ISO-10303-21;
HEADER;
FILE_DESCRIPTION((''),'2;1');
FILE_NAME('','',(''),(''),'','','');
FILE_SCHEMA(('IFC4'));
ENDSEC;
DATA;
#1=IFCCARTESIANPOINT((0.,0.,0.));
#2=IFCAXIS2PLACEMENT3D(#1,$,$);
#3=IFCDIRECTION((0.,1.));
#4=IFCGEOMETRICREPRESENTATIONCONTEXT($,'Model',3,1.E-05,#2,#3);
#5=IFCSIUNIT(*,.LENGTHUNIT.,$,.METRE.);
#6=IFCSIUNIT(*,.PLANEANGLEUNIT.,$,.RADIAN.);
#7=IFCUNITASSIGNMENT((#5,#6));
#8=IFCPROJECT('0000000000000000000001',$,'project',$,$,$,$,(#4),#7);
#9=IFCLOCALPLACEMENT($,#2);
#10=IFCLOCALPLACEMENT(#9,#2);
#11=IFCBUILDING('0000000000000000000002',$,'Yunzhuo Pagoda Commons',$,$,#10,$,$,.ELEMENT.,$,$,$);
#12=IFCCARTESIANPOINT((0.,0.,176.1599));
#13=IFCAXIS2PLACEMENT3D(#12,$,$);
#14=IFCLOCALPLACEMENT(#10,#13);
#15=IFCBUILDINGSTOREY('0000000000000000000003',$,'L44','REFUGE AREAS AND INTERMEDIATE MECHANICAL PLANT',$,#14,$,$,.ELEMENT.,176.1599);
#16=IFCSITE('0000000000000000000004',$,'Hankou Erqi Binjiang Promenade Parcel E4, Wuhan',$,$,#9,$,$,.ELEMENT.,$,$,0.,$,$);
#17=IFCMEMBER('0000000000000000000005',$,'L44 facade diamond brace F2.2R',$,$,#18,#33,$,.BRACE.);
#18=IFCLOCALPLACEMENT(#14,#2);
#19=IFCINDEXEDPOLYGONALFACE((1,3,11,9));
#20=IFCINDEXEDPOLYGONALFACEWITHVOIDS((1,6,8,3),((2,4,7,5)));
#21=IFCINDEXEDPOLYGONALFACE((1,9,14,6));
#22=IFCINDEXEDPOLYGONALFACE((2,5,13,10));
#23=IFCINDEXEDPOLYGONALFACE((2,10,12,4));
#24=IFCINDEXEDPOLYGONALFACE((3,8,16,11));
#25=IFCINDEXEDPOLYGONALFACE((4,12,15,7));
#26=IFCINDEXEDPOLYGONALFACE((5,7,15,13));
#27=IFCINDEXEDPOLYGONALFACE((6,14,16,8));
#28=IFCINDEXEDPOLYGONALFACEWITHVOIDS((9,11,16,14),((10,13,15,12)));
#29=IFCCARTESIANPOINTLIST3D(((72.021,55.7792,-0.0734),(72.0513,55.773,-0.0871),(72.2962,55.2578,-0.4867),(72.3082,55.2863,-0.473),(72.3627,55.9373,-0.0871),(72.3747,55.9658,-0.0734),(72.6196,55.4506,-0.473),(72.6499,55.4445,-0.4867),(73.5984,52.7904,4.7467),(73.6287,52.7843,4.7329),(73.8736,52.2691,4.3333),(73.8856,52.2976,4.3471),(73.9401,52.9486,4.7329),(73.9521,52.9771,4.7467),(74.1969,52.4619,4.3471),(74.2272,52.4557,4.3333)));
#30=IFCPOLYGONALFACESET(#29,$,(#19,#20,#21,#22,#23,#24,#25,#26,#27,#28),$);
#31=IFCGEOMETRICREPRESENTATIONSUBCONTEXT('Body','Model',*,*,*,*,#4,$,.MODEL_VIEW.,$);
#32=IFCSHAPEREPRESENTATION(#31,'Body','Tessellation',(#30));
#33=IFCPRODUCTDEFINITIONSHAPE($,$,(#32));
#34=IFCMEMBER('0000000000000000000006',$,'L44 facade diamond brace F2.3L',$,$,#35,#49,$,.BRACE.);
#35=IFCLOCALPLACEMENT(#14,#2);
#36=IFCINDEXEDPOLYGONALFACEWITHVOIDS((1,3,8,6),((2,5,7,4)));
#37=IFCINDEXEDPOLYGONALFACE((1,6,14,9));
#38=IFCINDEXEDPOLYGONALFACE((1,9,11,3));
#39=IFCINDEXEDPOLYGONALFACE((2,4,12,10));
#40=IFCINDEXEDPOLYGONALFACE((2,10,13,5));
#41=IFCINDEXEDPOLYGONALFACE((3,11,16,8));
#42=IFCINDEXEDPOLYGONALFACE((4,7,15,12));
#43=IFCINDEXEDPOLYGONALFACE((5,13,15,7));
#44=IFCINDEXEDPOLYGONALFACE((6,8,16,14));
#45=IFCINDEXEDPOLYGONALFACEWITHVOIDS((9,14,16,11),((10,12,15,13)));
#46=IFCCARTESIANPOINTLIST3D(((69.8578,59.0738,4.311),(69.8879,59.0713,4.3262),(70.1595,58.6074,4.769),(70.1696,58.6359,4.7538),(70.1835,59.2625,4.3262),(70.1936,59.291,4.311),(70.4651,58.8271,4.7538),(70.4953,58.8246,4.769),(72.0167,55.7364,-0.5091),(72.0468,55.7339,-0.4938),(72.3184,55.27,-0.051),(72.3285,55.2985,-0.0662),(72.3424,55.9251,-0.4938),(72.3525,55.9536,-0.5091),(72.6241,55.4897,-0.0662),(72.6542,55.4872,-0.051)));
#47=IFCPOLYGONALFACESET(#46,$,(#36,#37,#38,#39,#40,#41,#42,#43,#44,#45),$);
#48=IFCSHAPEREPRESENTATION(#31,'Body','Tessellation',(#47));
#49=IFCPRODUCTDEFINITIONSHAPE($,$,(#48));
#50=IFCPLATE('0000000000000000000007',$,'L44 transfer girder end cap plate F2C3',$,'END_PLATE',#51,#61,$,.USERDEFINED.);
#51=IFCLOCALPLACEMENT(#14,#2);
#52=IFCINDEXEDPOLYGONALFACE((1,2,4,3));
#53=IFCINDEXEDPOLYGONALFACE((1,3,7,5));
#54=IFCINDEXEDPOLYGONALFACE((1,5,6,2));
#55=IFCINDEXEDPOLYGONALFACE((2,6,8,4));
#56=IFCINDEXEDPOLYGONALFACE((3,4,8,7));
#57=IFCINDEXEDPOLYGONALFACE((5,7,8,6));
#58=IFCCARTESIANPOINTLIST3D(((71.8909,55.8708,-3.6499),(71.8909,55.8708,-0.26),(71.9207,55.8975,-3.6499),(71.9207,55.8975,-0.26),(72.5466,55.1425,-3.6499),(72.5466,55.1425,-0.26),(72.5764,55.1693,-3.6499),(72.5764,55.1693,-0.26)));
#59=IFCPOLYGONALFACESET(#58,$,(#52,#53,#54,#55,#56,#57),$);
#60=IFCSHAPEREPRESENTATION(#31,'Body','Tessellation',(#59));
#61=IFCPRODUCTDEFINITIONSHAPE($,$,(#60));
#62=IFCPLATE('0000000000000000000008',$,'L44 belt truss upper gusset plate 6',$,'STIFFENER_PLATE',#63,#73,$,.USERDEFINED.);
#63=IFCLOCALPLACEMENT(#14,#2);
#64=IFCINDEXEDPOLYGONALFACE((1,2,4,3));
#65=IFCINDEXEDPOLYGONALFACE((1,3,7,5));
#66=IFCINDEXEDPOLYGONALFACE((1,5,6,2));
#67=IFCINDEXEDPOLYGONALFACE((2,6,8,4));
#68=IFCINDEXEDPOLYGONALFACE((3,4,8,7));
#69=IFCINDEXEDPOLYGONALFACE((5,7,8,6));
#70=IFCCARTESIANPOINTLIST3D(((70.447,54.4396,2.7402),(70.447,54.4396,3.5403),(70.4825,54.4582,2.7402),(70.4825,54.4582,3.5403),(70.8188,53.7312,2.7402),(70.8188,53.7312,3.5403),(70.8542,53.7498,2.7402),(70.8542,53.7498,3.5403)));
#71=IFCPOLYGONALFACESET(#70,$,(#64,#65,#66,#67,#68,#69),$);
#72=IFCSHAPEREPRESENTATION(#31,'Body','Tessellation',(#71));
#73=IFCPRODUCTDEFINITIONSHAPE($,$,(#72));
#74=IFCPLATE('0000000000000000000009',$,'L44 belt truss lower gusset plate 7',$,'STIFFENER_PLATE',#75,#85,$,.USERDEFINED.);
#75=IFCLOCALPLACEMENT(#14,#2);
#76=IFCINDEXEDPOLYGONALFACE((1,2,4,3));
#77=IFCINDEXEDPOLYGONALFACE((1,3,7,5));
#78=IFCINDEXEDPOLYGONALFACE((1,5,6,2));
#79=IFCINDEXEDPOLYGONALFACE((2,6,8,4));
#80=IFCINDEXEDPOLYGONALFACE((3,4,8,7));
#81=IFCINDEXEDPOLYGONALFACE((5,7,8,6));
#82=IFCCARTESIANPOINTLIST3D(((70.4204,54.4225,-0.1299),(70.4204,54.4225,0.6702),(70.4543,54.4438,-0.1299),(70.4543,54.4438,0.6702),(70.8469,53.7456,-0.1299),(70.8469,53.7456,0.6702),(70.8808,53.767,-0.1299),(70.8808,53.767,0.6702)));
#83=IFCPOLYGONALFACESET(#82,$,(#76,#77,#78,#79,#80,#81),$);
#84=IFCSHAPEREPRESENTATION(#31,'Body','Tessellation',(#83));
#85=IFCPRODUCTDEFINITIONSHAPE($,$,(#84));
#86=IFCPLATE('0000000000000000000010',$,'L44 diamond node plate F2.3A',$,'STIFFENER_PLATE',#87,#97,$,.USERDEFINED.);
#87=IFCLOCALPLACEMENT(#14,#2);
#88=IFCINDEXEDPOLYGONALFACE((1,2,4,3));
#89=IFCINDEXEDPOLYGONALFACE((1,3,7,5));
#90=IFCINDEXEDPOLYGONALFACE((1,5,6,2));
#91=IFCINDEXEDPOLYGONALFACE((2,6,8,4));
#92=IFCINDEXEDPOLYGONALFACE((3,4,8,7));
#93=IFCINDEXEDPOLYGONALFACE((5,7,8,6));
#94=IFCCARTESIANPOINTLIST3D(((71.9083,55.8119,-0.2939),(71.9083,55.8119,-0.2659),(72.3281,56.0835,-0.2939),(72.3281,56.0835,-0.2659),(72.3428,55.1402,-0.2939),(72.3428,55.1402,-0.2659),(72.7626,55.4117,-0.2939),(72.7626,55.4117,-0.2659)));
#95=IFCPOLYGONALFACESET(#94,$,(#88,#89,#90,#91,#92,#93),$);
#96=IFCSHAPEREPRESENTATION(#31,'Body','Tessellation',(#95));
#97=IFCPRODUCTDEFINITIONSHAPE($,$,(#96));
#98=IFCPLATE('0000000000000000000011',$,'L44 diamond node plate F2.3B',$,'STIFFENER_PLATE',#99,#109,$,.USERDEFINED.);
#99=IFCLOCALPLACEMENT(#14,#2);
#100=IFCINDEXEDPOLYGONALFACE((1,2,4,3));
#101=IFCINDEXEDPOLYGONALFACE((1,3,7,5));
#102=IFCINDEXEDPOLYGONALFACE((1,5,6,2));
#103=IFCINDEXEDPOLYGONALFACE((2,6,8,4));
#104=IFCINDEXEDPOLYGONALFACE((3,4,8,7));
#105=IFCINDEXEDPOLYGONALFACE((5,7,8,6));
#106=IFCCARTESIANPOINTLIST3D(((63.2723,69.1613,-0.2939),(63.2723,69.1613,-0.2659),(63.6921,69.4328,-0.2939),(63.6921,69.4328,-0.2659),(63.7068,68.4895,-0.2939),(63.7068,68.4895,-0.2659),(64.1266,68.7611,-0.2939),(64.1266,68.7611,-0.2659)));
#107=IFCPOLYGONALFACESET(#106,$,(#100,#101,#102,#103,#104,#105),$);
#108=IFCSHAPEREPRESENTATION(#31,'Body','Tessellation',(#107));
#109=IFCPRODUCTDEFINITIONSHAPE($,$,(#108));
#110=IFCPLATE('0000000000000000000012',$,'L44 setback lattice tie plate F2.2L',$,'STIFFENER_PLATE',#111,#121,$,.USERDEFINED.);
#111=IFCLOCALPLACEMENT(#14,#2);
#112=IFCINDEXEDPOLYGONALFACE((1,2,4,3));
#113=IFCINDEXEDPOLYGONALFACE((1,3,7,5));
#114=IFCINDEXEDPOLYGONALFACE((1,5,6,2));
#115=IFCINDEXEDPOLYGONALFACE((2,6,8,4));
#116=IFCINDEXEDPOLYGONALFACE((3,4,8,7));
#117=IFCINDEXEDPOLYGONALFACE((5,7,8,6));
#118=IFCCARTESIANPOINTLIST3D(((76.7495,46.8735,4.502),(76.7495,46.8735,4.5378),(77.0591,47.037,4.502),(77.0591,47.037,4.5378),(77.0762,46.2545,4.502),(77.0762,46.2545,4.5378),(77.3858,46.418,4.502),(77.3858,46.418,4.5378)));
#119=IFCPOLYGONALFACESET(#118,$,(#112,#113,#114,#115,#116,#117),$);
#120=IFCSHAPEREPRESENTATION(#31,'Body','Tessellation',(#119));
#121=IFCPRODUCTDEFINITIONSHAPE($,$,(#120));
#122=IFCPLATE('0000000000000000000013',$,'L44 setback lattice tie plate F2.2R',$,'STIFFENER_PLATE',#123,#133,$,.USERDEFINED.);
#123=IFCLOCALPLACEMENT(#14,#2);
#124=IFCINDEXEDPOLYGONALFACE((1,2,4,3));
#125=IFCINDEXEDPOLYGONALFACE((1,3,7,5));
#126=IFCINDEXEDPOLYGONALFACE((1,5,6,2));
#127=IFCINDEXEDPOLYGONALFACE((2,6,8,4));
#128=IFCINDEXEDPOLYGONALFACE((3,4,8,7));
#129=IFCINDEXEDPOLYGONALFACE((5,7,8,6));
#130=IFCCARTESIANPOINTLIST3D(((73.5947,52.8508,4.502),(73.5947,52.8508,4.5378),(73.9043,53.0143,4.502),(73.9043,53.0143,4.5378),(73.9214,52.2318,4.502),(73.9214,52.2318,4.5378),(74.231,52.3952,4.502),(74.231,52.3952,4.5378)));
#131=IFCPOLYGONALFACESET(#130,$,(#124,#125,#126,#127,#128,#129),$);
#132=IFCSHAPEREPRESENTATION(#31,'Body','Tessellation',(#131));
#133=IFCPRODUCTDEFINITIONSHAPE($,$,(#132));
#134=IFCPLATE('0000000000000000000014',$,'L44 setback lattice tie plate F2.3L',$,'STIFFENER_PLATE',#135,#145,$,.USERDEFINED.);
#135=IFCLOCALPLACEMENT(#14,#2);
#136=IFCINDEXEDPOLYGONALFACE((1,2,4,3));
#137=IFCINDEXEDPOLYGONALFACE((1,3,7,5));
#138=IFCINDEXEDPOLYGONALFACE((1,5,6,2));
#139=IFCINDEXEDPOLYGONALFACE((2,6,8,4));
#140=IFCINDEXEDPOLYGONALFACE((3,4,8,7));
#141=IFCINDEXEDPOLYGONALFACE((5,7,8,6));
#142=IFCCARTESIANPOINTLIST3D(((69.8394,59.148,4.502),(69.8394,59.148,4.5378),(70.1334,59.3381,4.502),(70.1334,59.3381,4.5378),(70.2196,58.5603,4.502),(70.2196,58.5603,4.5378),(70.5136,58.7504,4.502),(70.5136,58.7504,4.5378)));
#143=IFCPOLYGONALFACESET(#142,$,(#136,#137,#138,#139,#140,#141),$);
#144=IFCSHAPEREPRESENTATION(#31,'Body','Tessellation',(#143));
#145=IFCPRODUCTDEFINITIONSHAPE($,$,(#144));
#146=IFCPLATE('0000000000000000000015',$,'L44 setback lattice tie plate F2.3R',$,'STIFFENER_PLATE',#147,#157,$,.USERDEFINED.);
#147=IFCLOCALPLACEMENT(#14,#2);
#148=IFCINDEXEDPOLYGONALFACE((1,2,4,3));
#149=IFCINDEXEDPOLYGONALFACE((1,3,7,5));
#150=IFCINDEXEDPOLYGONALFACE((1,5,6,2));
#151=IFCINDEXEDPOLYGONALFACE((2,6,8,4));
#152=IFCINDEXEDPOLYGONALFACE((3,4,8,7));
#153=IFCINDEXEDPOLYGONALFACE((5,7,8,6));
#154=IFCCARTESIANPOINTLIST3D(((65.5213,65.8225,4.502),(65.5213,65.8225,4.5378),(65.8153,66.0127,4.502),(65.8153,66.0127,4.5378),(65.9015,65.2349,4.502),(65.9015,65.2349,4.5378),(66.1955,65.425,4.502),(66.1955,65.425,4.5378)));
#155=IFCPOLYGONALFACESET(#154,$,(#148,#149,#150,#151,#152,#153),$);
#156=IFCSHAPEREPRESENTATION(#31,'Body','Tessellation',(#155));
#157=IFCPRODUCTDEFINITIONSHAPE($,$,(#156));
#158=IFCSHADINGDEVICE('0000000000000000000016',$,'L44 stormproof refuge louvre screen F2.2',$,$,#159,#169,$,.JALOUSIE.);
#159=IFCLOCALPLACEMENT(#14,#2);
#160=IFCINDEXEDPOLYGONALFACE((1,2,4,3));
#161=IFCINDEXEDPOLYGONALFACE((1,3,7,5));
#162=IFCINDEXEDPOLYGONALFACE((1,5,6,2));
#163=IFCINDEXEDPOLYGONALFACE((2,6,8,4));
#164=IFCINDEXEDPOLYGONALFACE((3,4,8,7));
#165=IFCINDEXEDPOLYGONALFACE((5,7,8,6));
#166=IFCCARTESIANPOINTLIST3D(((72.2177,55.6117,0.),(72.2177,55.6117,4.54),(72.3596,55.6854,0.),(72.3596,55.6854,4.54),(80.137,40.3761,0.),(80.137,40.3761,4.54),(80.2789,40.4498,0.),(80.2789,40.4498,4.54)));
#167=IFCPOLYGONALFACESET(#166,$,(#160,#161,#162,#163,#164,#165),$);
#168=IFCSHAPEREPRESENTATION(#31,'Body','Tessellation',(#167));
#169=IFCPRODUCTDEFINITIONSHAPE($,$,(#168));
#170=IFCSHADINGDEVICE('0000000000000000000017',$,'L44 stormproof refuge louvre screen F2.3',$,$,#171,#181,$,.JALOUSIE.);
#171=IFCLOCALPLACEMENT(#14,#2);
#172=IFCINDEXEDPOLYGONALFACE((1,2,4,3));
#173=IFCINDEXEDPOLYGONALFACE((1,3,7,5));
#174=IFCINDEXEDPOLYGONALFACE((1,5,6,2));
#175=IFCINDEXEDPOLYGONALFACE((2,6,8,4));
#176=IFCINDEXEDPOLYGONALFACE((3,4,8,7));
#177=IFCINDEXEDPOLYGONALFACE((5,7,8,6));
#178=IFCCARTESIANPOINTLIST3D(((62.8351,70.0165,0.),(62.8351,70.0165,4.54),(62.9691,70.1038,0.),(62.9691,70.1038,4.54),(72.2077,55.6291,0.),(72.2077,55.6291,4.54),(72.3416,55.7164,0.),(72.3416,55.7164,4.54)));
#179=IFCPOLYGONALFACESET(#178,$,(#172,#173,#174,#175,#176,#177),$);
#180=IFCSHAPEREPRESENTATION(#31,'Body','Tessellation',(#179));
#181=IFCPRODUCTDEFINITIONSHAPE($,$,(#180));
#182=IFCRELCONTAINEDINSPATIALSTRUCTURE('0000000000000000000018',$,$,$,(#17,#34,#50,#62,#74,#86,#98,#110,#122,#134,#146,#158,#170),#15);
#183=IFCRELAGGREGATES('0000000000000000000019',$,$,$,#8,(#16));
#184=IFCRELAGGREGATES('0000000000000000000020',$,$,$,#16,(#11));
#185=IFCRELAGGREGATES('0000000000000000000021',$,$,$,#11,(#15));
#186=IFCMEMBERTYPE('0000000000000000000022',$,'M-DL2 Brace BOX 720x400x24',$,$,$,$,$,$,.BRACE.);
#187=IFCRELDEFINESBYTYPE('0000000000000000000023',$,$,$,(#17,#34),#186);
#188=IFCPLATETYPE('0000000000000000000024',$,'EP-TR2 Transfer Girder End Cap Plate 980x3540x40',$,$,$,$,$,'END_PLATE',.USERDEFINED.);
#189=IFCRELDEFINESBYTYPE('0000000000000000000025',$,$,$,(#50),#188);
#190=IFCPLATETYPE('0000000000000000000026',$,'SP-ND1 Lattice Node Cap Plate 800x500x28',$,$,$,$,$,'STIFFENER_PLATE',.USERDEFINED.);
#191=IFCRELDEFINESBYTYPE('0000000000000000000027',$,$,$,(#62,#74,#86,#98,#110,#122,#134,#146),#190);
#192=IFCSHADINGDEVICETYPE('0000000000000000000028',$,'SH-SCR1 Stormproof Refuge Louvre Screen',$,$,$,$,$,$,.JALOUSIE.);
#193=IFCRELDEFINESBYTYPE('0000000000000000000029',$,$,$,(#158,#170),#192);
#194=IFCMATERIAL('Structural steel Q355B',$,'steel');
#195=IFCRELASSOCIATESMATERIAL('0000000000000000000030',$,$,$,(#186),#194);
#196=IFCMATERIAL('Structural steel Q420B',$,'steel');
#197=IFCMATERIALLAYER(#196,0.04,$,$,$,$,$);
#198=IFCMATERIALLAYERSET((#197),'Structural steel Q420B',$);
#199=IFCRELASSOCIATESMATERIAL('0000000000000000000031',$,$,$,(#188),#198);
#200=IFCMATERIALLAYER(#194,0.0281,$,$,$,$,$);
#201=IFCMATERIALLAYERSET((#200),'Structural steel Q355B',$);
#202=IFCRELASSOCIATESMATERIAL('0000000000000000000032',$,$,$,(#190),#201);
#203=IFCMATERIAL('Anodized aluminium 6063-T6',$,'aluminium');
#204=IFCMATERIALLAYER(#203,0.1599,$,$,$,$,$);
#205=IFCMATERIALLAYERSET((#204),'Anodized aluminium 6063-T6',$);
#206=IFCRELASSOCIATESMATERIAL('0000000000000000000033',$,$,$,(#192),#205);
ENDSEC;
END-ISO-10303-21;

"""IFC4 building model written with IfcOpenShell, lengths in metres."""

from ifc_helpers import new_model, si_unit, direction, frame, origin, origin_2d, place, context, subcontext, project, spatial, rectangle, hollow_rectangle, extrude, source, transform, mapped, material, layer, layer_set, material_profile, profile_set, type_object, element, save


model = new_model("IFC4")

# Units and contexts
model_context = context("Model", 3, precision=1e-05, world=origin(), true_north=direction((0.0, 1.0)))
body_context = subcontext(model_context, "Body", "Model", "MODEL_VIEW")
ifc_project = project(units=[si_unit("LENGTHUNIT", "METRE"), si_unit("PLANEANGLEUNIT", "RADIAN")], contexts=[model_context])

# Site, building, storey
site_placement = place(None, origin())
site = spatial("IfcSite", under=ifc_project, at=site_placement, Name="Hankou Erqi Binjiang Promenade Parcel E4, Wuhan", CompositionType="ELEMENT", RefElevation=0.0)
building_placement = place(site_placement, origin())
building = spatial("IfcBuilding", under=site, at=building_placement, Name="Yunzhuo Pagoda Commons", CompositionType="ELEMENT")
storey_placement = place(building_placement, frame((0.0, 0.0, 176.1599)))
storey = spatial("IfcBuildingStorey", under=building, at=storey_placement, Name="L44", Description="REFUGE AREAS AND INTERMEDIATE MECHANICAL PLANT", CompositionType="ELEMENT", Elevation=176.1599)

# Shared definitions
ifc_material_1 = material(Name="Structural steel Q420B", Category="steel")

# Shared definitions
ifc_material_2 = material(Name="Structural steel Q355B", Category="steel")

# Members
ifc_material_profile_1 = material_profile(ifc_material_2, hollow_rectangle(XDim=0.3999, YDim=0.72, WallThickness=0.0239, at=origin_2d()), Name="Structural steel Q355B")
ifc_profile_set_1 = profile_set([ifc_material_profile_1], Name="Structural steel Q355B")
member_type_1 = type_object("IfcMemberType", Name="M-DL2 Brace BOX 720x400x24", PredefinedType="BRACE", material=ifc_profile_set_1)
shared_shape_1 = source(origin(), body_context, "Body", "SweptSolid", [
    extrude(hollow_rectangle(XDim=0.3999, YDim=0.72, WallThickness=0.0239, at=origin_2d()), origin(), (0.0, 0.0, 1.0), 5.8867),
])
member_1_placement = place(storey_placement, frame((72.3354, 55.6118, -0.28), z_axis=(0.267956, -0.50771, 0.818798), x_axis=(0.884386, 0.466755, 0.0)))
element("IfcMember", 1, at=member_1_placement, inside=storey, type_object=member_type_1, Name="L44 facade diamond brace F2.2R", PredefinedType="BRACE", context=body_context, shape_type="MappedRepresentation", body=[
    mapped(shared_shape_1, transform((0.0, 0.0, 0.0), scale=1.0)),
])
shared_shape_2 = source(origin(), body_context, "Body", "SweptSolid", [
    extrude(hollow_rectangle(XDim=0.3999, YDim=0.72, WallThickness=0.0239, at=origin_2d()), origin(), (0.0, 0.0, 1.0), 6.2476),
])
member_2_placement = place(storey_placement, frame((72.3354, 55.6118, -0.28), z_axis=(-0.345563, 0.534191, 0.771509), x_axis=(-0.839634, -0.543152, 0.0)))
element("IfcMember", 2, at=member_2_placement, inside=storey, type_object=member_type_1, Name="L44 facade diamond brace F2.3L", PredefinedType="BRACE", context=body_context, shape_type="MappedRepresentation", body=[
    mapped(shared_shape_2, transform((0.0, 0.0, 0.0), scale=1.0)),
])

# Plates
ifc_layer_1 = layer(ifc_material_1, 0.04)
ifc_layer_set_1 = layer_set([ifc_layer_1], Name="Structural steel Q420B")
plate_type_1 = type_object("IfcPlateType", Name="EP-TR2 Transfer Girder End Cap Plate 980x3540x40", ElementType="END_PLATE", PredefinedType="USERDEFINED", material=ifc_layer_set_1)
shared_shape_3 = source(origin(), body_context, "Body", "SweptSolid", [
    extrude(rectangle(XDim=0.98, YDim=0.04, at=origin_2d()), origin(), (0.0, 0.0, 1.0), 3.3899),
])
plate_placement = place(storey_placement, frame((72.2336, 55.52, -3.6499), z_axis=(0.0, 0.0, 1.0), x_axis=(-0.669131, 0.743145, 0.0)))
element("IfcPlate", 3, at=plate_placement, inside=storey, type_object=plate_type_1, Name="L44 transfer girder end cap plate F2C3", ObjectType="END_PLATE", PredefinedType="USERDEFINED", context=body_context, shape_type="MappedRepresentation", body=[
    mapped(shared_shape_3, transform((0.0, 0.0, 0.0), scale=1.0)),
])
ifc_layer_2 = layer(ifc_material_2, 0.0281)
ifc_layer_set_2 = layer_set([ifc_layer_2], Name="Structural steel Q355B")
plate_type_2 = type_object("IfcPlateType", Name="SP-ND1 Lattice Node Cap Plate 800x500x28", ElementType="STIFFENER_PLATE", PredefinedType="USERDEFINED", material=ifc_layer_set_2)
shared_shape_4 = source(origin(), body_context, "Body", "SweptSolid", [
    extrude(rectangle(XDim=0.8, YDim=0.04, at=origin_2d()), origin(), (0.0, 0.0, 1.0), 0.8),
])
for number, where, z_axis, x_axis, name in (
    (4, (70.6506, 54.0947, 2.7402), (0.0, 0.0, 1.0), (-0.464672, 0.885483, 0.0), "L44 belt truss upper gusset plate 6"),
    (5, (70.6506, 54.0947, -0.1299), (0.0, 0.0, 1.0), (-0.533098, 0.846054, 0.0), "L44 belt truss lower gusset plate 7"),
):
    element("IfcPlate", number, at=place(storey_placement, frame(where, z_axis=z_axis, x_axis=x_axis)), inside=storey, type_object=plate_type_2, Name=name, ObjectType="STIFFENER_PLATE", PredefinedType="USERDEFINED", context=body_context, shape_type="MappedRepresentation", body=[
        mapped(shared_shape_4, transform((0.0, 0.0, 0.0), scale=1.0)),
    ])
shared_shape_5 = source(origin(), body_context, "Body", "SweptSolid", [
    extrude(rectangle(XDim=0.8, YDim=0.5, at=origin_2d()), origin(), (0.0, 0.0, 1.0), 0.0281),
])
for number, where, z_axis, x_axis, name in (
    (6, (72.3354, 55.6118, -0.2939), (0.0, 0.0, 1.0), (-0.54316, 0.839629, 0.0), "L44 diamond node plate F2.3A"),
    (7, (63.6995, 68.9612, -0.2939), (0.0, 0.0, 1.0), (-0.54316, 0.839629, 0.0), "L44 diamond node plate F2.3B"),
):
    element("IfcPlate", number, at=place(storey_placement, frame(where, z_axis=z_axis, x_axis=x_axis)), inside=storey, type_object=plate_type_2, Name=name, ObjectType="STIFFENER_PLATE", PredefinedType="USERDEFINED", context=body_context, shape_type="MappedRepresentation", body=[
        mapped(shared_shape_5, transform((0.0, 0.0, 0.0), scale=1.0)),
    ])
shared_shape_6 = source(origin(), body_context, "Body", "SweptSolid", [
    extrude(rectangle(XDim=0.7, YDim=0.3501, at=origin_2d()), origin(), (0.0, 0.0, 1.0), 0.0359),
])
for number, where, z_axis, x_axis, name in (
    (8, (77.0676, 46.6458, 4.502), (0.0, 0.0, 1.0), (-0.466788, 0.884369, 0.0), "L44 setback lattice tie plate F2.2L"),
    (9, (73.9128, 52.623, 4.502), (0.0, 0.0, 1.0), (-0.466788, 0.884369, 0.0), "L44 setback lattice tie plate F2.2R"),
    (10, (70.1765, 58.9492, 4.502), (0.0, 0.0, 1.0), (-0.54316, 0.839629, 0.0), "L44 setback lattice tie plate F2.3L"),
    (11, (65.8584, 65.6238, 4.502), (0.0, 0.0, 1.0), (-0.54316, 0.839629, 0.0), "L44 setback lattice tie plate F2.3R"),
):
    element("IfcPlate", number, at=place(storey_placement, frame(where, z_axis=z_axis, x_axis=x_axis)), inside=storey, type_object=plate_type_2, Name=name, ObjectType="STIFFENER_PLATE", PredefinedType="USERDEFINED", context=body_context, shape_type="MappedRepresentation", body=[
        mapped(shared_shape_6, transform((0.0, 0.0, 0.0), scale=1.0)),
    ])

# Shading devices
ifc_material_3 = material(Name="Anodized aluminium 6063-T6", Category="aluminium")
ifc_layer_3 = layer(ifc_material_3, 0.1599)
ifc_layer_set_3 = layer_set([ifc_layer_3], Name="Anodized aluminium 6063-T6")
shading_device_type = type_object("IfcShadingDeviceType", Name="SH-SCR1 Stormproof Refuge Louvre Screen", PredefinedType="JALOUSIE", material=ifc_layer_set_3)
shared_shape_7 = source(origin(), body_context, "Body", "SweptSolid", [
    extrude(rectangle(XDim=17.1709, YDim=0.1599, at=origin_2d()), origin(), (0.0, 0.0, 1.0), 4.54),
])
for number, where, z_axis, x_axis, name in (
    (12, (76.2483, 48.0308, 0.0), (0.0, 0.0, 1.0), (-0.461207, 0.887293, 0.0), "L44 stormproof refuge louvre screen F2.2"),
    (13, (67.5884, 62.8665, 0.0), (0.0, 0.0, 1.0), (-0.545839, 0.83789, 0.0), "L44 stormproof refuge louvre screen F2.3"),
):
    element("IfcShadingDevice", number, at=place(storey_placement, frame(where, z_axis=z_axis, x_axis=x_axis)), inside=storey, type_object=shading_device_type, Name=name, PredefinedType="JALOUSIE", context=body_context, shape_type="MappedRepresentation", body=[
        mapped(shared_shape_7, transform((0.0, 0.0, 0.0), scale=1.0)),
    ])

save(model, "model.ifc")
